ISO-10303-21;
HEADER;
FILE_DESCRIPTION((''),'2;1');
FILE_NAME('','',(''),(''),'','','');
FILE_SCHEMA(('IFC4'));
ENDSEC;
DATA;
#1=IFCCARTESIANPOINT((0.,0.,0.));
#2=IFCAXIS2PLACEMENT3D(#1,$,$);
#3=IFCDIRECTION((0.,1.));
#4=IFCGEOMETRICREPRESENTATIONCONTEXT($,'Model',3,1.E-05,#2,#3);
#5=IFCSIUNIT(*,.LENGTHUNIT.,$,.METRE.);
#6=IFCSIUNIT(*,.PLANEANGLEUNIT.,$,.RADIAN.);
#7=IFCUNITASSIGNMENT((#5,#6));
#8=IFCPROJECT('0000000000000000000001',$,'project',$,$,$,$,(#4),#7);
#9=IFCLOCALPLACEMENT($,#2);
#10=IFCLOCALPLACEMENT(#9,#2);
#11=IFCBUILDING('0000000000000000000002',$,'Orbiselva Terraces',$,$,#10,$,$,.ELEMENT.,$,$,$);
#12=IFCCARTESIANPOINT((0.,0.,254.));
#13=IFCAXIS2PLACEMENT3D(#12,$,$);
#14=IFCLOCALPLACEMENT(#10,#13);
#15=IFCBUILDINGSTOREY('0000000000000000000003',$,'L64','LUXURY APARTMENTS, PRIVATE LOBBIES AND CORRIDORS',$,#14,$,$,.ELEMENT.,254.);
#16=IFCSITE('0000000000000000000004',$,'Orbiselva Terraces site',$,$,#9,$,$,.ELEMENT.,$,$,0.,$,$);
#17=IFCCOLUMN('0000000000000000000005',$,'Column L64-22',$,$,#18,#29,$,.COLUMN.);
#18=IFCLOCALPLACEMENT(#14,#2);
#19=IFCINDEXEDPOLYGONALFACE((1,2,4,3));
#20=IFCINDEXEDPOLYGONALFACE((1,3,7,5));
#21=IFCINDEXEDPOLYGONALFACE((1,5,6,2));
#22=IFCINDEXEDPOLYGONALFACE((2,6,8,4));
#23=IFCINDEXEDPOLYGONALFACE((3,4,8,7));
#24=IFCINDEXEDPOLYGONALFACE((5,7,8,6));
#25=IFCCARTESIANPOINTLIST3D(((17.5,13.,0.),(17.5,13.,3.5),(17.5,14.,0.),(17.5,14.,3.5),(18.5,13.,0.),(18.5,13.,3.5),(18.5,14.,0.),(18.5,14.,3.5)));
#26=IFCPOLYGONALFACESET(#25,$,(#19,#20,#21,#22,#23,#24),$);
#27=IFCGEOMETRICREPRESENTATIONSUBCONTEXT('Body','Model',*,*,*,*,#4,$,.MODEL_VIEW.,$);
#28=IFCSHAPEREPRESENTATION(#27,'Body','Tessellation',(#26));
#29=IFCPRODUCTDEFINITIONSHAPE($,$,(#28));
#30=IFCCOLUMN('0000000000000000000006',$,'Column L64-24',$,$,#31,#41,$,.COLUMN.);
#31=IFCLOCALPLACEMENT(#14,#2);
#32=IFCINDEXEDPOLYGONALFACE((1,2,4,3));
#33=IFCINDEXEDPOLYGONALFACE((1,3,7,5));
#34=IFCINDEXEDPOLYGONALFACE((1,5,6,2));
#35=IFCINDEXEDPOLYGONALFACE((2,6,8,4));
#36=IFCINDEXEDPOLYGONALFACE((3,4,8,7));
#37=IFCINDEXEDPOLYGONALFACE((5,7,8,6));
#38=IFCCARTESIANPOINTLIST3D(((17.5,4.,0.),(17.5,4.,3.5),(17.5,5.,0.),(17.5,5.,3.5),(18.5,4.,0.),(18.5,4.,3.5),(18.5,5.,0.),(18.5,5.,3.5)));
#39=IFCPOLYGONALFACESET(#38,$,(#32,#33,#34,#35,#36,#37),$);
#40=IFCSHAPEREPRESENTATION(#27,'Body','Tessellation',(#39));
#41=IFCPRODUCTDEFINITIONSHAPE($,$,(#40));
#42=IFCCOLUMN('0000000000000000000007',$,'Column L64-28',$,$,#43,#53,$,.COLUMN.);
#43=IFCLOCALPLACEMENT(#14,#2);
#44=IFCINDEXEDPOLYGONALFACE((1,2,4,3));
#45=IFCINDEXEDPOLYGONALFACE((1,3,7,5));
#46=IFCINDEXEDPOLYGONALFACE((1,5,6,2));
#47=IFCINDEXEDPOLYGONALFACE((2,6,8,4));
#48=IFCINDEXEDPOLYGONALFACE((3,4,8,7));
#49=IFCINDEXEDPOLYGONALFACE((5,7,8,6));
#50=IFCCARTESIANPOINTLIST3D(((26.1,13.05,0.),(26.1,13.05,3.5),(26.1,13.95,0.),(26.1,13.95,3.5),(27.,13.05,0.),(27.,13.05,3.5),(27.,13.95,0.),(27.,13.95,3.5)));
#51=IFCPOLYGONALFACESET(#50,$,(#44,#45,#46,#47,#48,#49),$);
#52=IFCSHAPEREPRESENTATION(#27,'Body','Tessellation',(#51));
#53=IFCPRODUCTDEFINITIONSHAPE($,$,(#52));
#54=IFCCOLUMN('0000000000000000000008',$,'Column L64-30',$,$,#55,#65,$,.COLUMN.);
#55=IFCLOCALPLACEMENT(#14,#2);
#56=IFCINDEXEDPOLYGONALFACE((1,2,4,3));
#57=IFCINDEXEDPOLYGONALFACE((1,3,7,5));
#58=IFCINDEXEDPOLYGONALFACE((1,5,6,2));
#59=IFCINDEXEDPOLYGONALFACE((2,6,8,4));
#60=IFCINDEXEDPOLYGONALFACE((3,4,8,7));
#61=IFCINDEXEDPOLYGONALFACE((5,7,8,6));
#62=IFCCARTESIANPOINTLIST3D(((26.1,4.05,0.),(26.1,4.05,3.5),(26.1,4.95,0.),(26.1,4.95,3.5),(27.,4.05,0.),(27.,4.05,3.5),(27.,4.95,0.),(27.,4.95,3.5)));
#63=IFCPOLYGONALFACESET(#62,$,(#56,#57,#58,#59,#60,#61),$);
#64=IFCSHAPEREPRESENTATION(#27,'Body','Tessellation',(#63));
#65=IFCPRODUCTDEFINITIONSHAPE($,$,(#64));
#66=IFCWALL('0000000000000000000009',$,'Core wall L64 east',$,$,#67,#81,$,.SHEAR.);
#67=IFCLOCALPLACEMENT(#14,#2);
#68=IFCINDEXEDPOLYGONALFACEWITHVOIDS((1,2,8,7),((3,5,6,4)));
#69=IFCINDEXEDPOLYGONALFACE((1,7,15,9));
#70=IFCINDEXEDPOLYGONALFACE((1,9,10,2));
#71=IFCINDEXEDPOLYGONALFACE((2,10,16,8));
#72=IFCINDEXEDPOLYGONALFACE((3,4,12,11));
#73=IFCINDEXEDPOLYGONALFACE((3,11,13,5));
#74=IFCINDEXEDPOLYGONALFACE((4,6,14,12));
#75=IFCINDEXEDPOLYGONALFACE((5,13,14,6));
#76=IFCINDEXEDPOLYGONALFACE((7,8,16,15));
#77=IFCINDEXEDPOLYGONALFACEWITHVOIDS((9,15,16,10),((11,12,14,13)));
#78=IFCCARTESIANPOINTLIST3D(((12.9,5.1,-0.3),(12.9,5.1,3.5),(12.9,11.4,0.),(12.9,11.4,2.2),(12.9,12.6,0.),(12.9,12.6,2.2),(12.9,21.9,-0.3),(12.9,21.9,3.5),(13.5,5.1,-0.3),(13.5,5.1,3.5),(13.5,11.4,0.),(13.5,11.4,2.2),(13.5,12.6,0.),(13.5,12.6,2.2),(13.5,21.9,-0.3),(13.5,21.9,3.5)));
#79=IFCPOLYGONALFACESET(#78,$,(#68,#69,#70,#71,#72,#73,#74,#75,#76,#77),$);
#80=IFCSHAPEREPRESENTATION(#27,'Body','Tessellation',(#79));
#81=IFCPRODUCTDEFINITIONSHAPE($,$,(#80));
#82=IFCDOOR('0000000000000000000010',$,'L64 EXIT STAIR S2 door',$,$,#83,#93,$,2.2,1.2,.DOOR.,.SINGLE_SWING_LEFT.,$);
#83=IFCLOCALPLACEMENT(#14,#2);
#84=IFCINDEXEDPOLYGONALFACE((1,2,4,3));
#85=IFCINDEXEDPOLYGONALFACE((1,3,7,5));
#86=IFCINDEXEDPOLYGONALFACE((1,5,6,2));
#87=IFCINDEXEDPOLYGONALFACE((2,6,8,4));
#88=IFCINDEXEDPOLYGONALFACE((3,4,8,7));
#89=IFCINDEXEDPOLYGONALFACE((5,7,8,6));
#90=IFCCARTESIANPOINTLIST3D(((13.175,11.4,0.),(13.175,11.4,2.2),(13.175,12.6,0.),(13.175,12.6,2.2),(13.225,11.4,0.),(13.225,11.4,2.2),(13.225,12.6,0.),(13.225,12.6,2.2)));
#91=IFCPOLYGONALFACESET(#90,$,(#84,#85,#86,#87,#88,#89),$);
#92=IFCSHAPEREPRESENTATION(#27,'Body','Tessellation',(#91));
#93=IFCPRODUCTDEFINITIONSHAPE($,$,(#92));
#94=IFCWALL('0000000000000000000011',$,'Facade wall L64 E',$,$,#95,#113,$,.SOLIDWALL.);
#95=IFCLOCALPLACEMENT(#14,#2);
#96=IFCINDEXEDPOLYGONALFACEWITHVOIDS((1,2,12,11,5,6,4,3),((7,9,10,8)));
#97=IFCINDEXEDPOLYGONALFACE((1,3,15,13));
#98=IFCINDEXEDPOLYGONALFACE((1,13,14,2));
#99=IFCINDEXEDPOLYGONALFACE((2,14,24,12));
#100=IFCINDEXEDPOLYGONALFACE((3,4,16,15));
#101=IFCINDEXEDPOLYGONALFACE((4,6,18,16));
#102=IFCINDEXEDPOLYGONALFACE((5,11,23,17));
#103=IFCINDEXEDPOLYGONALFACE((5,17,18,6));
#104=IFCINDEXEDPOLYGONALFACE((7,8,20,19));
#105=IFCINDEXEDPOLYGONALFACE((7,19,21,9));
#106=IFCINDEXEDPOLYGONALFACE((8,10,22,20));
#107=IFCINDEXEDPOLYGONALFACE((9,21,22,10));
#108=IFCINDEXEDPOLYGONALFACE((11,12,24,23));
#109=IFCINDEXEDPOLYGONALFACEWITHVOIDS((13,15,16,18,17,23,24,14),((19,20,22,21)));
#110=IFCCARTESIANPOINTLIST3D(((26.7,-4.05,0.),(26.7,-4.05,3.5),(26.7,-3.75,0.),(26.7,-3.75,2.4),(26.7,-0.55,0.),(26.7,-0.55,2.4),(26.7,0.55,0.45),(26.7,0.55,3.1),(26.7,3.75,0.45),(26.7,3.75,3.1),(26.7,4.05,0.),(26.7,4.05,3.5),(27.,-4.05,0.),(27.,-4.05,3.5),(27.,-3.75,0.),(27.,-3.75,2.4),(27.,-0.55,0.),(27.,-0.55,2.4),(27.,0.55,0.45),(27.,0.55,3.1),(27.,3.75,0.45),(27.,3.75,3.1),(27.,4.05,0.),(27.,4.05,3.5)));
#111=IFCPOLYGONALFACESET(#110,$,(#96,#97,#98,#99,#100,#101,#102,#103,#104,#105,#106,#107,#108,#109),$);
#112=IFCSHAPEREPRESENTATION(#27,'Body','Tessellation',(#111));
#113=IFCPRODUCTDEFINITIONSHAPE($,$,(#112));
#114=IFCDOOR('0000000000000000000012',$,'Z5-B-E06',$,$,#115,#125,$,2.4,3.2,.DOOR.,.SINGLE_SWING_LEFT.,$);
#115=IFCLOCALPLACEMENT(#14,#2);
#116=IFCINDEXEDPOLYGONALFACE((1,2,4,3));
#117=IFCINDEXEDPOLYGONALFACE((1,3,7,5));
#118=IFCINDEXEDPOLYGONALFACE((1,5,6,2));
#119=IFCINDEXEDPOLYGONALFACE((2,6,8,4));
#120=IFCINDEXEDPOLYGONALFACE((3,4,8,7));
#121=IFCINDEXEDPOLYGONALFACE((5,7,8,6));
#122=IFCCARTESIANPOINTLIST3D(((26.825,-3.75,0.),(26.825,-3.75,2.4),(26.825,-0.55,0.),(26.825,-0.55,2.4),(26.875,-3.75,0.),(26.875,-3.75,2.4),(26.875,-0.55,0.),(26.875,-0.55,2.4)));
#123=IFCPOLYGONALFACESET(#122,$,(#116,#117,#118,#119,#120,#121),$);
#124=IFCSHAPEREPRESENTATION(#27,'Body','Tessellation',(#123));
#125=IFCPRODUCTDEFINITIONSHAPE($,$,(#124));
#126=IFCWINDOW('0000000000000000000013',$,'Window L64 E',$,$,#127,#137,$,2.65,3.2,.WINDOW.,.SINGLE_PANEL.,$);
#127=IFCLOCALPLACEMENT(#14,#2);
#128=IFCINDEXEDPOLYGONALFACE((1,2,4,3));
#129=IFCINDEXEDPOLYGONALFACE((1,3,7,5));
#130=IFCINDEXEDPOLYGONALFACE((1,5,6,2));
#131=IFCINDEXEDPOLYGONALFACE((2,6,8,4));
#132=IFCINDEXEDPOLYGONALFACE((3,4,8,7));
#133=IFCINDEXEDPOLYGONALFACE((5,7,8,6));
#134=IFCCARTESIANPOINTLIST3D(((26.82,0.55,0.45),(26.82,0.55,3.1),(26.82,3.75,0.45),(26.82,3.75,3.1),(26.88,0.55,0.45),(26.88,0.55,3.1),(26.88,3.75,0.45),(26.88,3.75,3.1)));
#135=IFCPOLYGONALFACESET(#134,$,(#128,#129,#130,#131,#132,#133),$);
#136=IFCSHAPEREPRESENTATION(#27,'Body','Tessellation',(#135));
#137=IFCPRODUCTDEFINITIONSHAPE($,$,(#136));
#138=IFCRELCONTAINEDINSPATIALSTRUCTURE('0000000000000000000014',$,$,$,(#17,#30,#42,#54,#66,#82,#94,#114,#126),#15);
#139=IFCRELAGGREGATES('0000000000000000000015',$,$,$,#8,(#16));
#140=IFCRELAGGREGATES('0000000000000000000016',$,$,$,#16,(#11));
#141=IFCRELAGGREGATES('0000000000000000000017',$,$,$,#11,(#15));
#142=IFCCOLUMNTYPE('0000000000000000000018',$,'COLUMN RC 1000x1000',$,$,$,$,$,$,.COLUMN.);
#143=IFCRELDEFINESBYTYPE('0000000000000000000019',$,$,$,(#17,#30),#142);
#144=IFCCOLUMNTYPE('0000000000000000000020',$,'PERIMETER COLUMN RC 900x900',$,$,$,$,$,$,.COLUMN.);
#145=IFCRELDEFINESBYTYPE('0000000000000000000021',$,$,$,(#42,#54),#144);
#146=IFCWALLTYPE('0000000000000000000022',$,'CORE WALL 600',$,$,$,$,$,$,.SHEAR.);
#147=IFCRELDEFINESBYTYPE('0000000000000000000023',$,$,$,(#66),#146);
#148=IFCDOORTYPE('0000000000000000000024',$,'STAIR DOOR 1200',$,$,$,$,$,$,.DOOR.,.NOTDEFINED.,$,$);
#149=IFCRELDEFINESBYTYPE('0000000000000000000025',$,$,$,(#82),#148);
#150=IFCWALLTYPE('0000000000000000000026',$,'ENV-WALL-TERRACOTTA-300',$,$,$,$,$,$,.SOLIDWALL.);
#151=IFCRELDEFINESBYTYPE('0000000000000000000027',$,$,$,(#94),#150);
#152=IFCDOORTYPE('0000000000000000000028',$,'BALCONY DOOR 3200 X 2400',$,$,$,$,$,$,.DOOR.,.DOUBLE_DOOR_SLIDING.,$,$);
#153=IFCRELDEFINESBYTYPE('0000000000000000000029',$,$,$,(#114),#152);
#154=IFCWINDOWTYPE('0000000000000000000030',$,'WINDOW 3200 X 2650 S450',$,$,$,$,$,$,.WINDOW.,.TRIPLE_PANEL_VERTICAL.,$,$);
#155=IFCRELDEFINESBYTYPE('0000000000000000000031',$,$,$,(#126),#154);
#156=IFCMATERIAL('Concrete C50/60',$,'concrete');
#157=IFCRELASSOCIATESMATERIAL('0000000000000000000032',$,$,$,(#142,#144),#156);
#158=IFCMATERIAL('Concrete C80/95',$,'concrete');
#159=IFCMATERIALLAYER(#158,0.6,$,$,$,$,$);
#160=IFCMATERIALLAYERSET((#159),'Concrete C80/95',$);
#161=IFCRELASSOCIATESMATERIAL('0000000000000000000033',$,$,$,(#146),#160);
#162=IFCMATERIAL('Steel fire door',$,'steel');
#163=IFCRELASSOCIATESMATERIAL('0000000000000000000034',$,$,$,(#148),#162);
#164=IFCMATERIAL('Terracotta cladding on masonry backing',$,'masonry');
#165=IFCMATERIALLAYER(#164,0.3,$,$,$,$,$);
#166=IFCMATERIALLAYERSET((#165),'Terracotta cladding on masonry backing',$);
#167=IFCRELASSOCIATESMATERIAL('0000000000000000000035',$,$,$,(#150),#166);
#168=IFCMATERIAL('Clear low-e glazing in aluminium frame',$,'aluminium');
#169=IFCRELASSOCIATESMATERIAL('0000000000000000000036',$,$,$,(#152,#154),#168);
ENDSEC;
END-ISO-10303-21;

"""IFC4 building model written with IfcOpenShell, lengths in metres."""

from ifc_helpers import new_model, si_unit, direction, frame, frame_2d, origin, origin_2d, place, context, subcontext, project, spatial, rectangle, extrude, material, layer, layer_set, material_profile, profile_set, type_object, element, fill, save


model = new_model("IFC4")

# Units and contexts
model_context = context("Model", 3, precision=1e-05, world=origin(), true_north=direction((0.0, 1.0)))
body_context = subcontext(model_context, "Body", "Model", "MODEL_VIEW")
ifc_project = project(units=[si_unit("LENGTHUNIT", "METRE"), si_unit("PLANEANGLEUNIT", "RADIAN")], contexts=[model_context])

# Site, building, storey
site_placement = place(None, origin())
site = spatial("IfcSite", under=ifc_project, at=site_placement, Name="Orbiselva Terraces site", CompositionType="ELEMENT", RefElevation=0.0)
building_placement = place(site_placement, origin())
building = spatial("IfcBuilding", under=site, at=building_placement, Name="Orbiselva Terraces", CompositionType="ELEMENT")
storey_placement = place(building_placement, frame((0.0, 0.0, 254.0)))
storey = spatial("IfcBuildingStorey", under=building, at=storey_placement, Name="L64", Description="LUXURY APARTMENTS, PRIVATE LOBBIES AND CORRIDORS", CompositionType="ELEMENT", Elevation=254.0)

# Columns
ifc_material_1 = material(Name="Concrete C50/60", Category="concrete")
ifc_material_profile_1 = material_profile(ifc_material_1, rectangle(XDim=1.0, YDim=1.0, at=origin_2d()), Name="RC 1000x1000")
ifc_profile_set_1 = profile_set([ifc_material_profile_1], Name="Concrete C50/60")
column_type_1 = type_object("IfcColumnType", Name="COLUMN RC 1000x1000", PredefinedType="COLUMN", material=ifc_profile_set_1)
for number, where, z_axis, x_axis, name in (
    (1, (18.0, 13.5, 0.0), (0.0, 0.0, 1.0), (1.0, 0.0, 0.0), "Column L64-22"),
    (2, (18.0, 4.5, 0.0), (0.0, 0.0, 1.0), (1.0, 0.0, 0.0), "Column L64-24"),
):
    element("IfcColumn", number, at=place(storey_placement, frame(where, z_axis=z_axis, x_axis=x_axis)), inside=storey, type_object=column_type_1, Name=name, PredefinedType="COLUMN", context=body_context, shape_type="SweptSolid", body=[
        extrude(rectangle(XDim=1.0, YDim=1.0, at=origin_2d()), origin(), (0.0, 0.0, 1.0), 3.5),
    ])
ifc_material_profile_2 = material_profile(ifc_material_1, rectangle(XDim=0.9, YDim=0.9, at=origin_2d()), Name="RC 900x900")
ifc_profile_set_2 = profile_set([ifc_material_profile_2], Name="Concrete C50/60")
column_type_2 = type_object("IfcColumnType", Name="PERIMETER COLUMN RC 900x900", PredefinedType="COLUMN", material=ifc_profile_set_2)
for number, where, z_axis, x_axis, name in (
    (3, (26.55, 13.5, 0.0), (0.0, 0.0, 1.0), (1.0, 0.0, 0.0), "Column L64-28"),
    (4, (26.55, 4.5, 0.0), (0.0, 0.0, 1.0), (1.0, 0.0, 0.0), "Column L64-30"),
):
    element("IfcColumn", number, at=place(storey_placement, frame(where, z_axis=z_axis, x_axis=x_axis)), inside=storey, type_object=column_type_2, Name=name, PredefinedType="COLUMN", context=body_context, shape_type="SweptSolid", body=[
        extrude(rectangle(XDim=0.9, YDim=0.9, at=origin_2d()), origin(), (0.0, 0.0, 1.0), 3.5),
    ])

# Wall, opening, door
ifc_material_2 = material(Name="Concrete C80/95", Category="concrete")
ifc_layer_1 = layer(ifc_material_2, 0.6)
ifc_layer_set_1 = layer_set([ifc_layer_1], Name="Concrete C80/95")
wall_type_1 = type_object("IfcWallType", Name="CORE WALL 600", PredefinedType="SHEAR", material=ifc_layer_set_1)
wall_1_placement = place(storey_placement, frame((13.2, 5.1, -0.3), z_axis=(0.0, 0.0, 1.0), x_axis=(0.0, 1.0, 0.0)))
wall_1 = element("IfcWall", 5, at=wall_1_placement, inside=storey, type_object=wall_type_1, Name="Core wall L64 east", PredefinedType="SHEAR", context=body_context, shape_type="SweptSolid", body=[
    extrude(rectangle(XDim=16.8, YDim=0.6, at=frame_2d((8.4, 0.0))), origin(), (0.0, 0.0, 1.0), 3.8),
])
opening_1_placement = place(wall_1_placement, frame((6.3, 0.0, 0.3)))
opening_1 = element("IfcOpeningElement", 6, at=opening_1_placement, cuts=wall_1, PredefinedType="OPENING", context=body_context, shape_type="SweptSolid", body=[
    extrude(rectangle(XDim=1.2, YDim=2.2, at=frame_2d((0.6, 1.1))), frame((0.0, 0.31, 0.0), z_axis=(0.0, -1.0, 0.0), x_axis=(1.0, 0.0, 0.0)), (0.0, 0.0, 1.0), 0.62),
])
ifc_material_3 = material(Name="Steel fire door", Category="steel")
door_type_1 = type_object("IfcDoorType", Name="STAIR DOOR 1200", OperationType="NOTDEFINED", PredefinedType="DOOR", material=ifc_material_3)
door_1_placement = place(opening_1_placement, frame((1.2, 0.0, 0.0), z_axis=(0.0, 0.0, 1.0), x_axis=(-1.0, 0.0, 0.0)))
door_1 = element("IfcDoor", 7, at=door_1_placement, inside=storey, type_object=door_type_1, Name="L64 EXIT STAIR S2 door", OperationType="SINGLE_SWING_LEFT", OverallHeight=2.2, OverallWidth=1.2, PredefinedType="DOOR", context=body_context, shape_type="SweptSolid", body=[
    extrude(rectangle(XDim=1.2, YDim=2.2, at=frame_2d((0.6, 1.1))), frame((0.0, 0.025, 0.0), z_axis=(0.0, -1.0, 0.0), x_axis=(1.0, 0.0, 0.0)), (0.0, 0.0, 1.0), 0.05),
])
fill(opening_1, door_1)

# Wall, openings, door, window
ifc_material_4 = material(Name="Terracotta cladding on masonry backing", Category="masonry")
ifc_layer_2 = layer(ifc_material_4, 0.3)
ifc_layer_set_2 = layer_set([ifc_layer_2], Name="Terracotta cladding on masonry backing")
wall_type_2 = type_object("IfcWallType", Name="ENV-WALL-TERRACOTTA-300", PredefinedType="SOLIDWALL", material=ifc_layer_set_2)
wall_2_placement = place(storey_placement, frame((26.85, 4.05, 0.0), z_axis=(0.0, 0.0, 1.0), x_axis=(0.0, -1.0, 0.0)))
wall_2 = element("IfcWall", 8, at=wall_2_placement, inside=storey, type_object=wall_type_2, Name="Facade wall L64 E", PredefinedType="SOLIDWALL", context=body_context, shape_type="SweptSolid", body=[
    extrude(rectangle(XDim=8.1, YDim=0.3, at=frame_2d((4.05, 0.0))), origin(), (0.0, 0.0, 1.0), 3.5),
])
opening_2_placement = place(wall_2_placement, frame((4.6, 0.0, 0.0)))
opening_2 = element("IfcOpeningElement", 9, at=opening_2_placement, cuts=wall_2, PredefinedType="OPENING", context=body_context, shape_type="SweptSolid", body=[
    extrude(rectangle(XDim=3.2, YDim=2.4, at=frame_2d((1.6, 1.2))), frame((0.0, 0.16, 0.0), z_axis=(0.0, -1.0, 0.0), x_axis=(1.0, 0.0, 0.0)), (0.0, 0.0, 1.0), 0.32),
])
opening_3_placement = place(wall_2_placement, frame((0.3, 0.0, 0.45)))
opening_3 = element("IfcOpeningElement", 10, at=opening_3_placement, cuts=wall_2, PredefinedType="OPENING", context=body_context, shape_type="SweptSolid", body=[
    extrude(rectangle(XDim=3.2, YDim=2.65, at=frame_2d((1.6, 1.325))), frame((0.0, 0.16, 0.0), z_axis=(0.0, -1.0, 0.0), x_axis=(1.0, 0.0, 0.0)), (0.0, 0.0, 1.0), 0.32),
])
ifc_material_5 = material(Name="Clear low-e glazing in aluminium frame", Category="aluminium")
door_type_2 = type_object("IfcDoorType", Name="BALCONY DOOR 3200 X 2400", OperationType="DOUBLE_DOOR_SLIDING", PredefinedType="DOOR", material=ifc_material_5)
door_2_placement = place(opening_2_placement, origin())
door_2 = element("IfcDoor", 11, at=door_2_placement, inside=storey, type_object=door_type_2, Name="Z5-B-E06", OperationType="SINGLE_SWING_LEFT", OverallHeight=2.4, OverallWidth=3.2, PredefinedType="DOOR", context=body_context, shape_type="SweptSolid", body=[
    extrude(rectangle(XDim=3.2, YDim=2.4, at=frame_2d((1.6, 1.2))), frame((0.0, 0.025, 0.0), z_axis=(0.0, -1.0, 0.0), x_axis=(1.0, 0.0, 0.0)), (0.0, 0.0, 1.0), 0.05),
])
fill(opening_2, door_2)
window_type = type_object("IfcWindowType", Name="WINDOW 3200 X 2650 S450", PartitioningType="TRIPLE_PANEL_VERTICAL", PredefinedType="WINDOW", material=ifc_material_5)
window_1_placement = place(opening_3_placement, origin())
window_1 = element("IfcWindow", 12, at=window_1_placement, inside=storey, type_object=window_type, Name="Window L64 E", OverallHeight=2.65, OverallWidth=3.2, PartitioningType="SINGLE_PANEL", PredefinedType="WINDOW", context=body_context, shape_type="SweptSolid", body=[
    extrude(rectangle(XDim=3.2, YDim=2.65, at=frame_2d((1.6, 1.325))), frame((0.0, 0.03, 0.0), z_axis=(0.0, -1.0, 0.0), x_axis=(1.0, 0.0, 0.0)), (0.0, 0.0, 1.0), 0.06),
])
fill(opening_3, window_1)

save(model, "model.ifc")
